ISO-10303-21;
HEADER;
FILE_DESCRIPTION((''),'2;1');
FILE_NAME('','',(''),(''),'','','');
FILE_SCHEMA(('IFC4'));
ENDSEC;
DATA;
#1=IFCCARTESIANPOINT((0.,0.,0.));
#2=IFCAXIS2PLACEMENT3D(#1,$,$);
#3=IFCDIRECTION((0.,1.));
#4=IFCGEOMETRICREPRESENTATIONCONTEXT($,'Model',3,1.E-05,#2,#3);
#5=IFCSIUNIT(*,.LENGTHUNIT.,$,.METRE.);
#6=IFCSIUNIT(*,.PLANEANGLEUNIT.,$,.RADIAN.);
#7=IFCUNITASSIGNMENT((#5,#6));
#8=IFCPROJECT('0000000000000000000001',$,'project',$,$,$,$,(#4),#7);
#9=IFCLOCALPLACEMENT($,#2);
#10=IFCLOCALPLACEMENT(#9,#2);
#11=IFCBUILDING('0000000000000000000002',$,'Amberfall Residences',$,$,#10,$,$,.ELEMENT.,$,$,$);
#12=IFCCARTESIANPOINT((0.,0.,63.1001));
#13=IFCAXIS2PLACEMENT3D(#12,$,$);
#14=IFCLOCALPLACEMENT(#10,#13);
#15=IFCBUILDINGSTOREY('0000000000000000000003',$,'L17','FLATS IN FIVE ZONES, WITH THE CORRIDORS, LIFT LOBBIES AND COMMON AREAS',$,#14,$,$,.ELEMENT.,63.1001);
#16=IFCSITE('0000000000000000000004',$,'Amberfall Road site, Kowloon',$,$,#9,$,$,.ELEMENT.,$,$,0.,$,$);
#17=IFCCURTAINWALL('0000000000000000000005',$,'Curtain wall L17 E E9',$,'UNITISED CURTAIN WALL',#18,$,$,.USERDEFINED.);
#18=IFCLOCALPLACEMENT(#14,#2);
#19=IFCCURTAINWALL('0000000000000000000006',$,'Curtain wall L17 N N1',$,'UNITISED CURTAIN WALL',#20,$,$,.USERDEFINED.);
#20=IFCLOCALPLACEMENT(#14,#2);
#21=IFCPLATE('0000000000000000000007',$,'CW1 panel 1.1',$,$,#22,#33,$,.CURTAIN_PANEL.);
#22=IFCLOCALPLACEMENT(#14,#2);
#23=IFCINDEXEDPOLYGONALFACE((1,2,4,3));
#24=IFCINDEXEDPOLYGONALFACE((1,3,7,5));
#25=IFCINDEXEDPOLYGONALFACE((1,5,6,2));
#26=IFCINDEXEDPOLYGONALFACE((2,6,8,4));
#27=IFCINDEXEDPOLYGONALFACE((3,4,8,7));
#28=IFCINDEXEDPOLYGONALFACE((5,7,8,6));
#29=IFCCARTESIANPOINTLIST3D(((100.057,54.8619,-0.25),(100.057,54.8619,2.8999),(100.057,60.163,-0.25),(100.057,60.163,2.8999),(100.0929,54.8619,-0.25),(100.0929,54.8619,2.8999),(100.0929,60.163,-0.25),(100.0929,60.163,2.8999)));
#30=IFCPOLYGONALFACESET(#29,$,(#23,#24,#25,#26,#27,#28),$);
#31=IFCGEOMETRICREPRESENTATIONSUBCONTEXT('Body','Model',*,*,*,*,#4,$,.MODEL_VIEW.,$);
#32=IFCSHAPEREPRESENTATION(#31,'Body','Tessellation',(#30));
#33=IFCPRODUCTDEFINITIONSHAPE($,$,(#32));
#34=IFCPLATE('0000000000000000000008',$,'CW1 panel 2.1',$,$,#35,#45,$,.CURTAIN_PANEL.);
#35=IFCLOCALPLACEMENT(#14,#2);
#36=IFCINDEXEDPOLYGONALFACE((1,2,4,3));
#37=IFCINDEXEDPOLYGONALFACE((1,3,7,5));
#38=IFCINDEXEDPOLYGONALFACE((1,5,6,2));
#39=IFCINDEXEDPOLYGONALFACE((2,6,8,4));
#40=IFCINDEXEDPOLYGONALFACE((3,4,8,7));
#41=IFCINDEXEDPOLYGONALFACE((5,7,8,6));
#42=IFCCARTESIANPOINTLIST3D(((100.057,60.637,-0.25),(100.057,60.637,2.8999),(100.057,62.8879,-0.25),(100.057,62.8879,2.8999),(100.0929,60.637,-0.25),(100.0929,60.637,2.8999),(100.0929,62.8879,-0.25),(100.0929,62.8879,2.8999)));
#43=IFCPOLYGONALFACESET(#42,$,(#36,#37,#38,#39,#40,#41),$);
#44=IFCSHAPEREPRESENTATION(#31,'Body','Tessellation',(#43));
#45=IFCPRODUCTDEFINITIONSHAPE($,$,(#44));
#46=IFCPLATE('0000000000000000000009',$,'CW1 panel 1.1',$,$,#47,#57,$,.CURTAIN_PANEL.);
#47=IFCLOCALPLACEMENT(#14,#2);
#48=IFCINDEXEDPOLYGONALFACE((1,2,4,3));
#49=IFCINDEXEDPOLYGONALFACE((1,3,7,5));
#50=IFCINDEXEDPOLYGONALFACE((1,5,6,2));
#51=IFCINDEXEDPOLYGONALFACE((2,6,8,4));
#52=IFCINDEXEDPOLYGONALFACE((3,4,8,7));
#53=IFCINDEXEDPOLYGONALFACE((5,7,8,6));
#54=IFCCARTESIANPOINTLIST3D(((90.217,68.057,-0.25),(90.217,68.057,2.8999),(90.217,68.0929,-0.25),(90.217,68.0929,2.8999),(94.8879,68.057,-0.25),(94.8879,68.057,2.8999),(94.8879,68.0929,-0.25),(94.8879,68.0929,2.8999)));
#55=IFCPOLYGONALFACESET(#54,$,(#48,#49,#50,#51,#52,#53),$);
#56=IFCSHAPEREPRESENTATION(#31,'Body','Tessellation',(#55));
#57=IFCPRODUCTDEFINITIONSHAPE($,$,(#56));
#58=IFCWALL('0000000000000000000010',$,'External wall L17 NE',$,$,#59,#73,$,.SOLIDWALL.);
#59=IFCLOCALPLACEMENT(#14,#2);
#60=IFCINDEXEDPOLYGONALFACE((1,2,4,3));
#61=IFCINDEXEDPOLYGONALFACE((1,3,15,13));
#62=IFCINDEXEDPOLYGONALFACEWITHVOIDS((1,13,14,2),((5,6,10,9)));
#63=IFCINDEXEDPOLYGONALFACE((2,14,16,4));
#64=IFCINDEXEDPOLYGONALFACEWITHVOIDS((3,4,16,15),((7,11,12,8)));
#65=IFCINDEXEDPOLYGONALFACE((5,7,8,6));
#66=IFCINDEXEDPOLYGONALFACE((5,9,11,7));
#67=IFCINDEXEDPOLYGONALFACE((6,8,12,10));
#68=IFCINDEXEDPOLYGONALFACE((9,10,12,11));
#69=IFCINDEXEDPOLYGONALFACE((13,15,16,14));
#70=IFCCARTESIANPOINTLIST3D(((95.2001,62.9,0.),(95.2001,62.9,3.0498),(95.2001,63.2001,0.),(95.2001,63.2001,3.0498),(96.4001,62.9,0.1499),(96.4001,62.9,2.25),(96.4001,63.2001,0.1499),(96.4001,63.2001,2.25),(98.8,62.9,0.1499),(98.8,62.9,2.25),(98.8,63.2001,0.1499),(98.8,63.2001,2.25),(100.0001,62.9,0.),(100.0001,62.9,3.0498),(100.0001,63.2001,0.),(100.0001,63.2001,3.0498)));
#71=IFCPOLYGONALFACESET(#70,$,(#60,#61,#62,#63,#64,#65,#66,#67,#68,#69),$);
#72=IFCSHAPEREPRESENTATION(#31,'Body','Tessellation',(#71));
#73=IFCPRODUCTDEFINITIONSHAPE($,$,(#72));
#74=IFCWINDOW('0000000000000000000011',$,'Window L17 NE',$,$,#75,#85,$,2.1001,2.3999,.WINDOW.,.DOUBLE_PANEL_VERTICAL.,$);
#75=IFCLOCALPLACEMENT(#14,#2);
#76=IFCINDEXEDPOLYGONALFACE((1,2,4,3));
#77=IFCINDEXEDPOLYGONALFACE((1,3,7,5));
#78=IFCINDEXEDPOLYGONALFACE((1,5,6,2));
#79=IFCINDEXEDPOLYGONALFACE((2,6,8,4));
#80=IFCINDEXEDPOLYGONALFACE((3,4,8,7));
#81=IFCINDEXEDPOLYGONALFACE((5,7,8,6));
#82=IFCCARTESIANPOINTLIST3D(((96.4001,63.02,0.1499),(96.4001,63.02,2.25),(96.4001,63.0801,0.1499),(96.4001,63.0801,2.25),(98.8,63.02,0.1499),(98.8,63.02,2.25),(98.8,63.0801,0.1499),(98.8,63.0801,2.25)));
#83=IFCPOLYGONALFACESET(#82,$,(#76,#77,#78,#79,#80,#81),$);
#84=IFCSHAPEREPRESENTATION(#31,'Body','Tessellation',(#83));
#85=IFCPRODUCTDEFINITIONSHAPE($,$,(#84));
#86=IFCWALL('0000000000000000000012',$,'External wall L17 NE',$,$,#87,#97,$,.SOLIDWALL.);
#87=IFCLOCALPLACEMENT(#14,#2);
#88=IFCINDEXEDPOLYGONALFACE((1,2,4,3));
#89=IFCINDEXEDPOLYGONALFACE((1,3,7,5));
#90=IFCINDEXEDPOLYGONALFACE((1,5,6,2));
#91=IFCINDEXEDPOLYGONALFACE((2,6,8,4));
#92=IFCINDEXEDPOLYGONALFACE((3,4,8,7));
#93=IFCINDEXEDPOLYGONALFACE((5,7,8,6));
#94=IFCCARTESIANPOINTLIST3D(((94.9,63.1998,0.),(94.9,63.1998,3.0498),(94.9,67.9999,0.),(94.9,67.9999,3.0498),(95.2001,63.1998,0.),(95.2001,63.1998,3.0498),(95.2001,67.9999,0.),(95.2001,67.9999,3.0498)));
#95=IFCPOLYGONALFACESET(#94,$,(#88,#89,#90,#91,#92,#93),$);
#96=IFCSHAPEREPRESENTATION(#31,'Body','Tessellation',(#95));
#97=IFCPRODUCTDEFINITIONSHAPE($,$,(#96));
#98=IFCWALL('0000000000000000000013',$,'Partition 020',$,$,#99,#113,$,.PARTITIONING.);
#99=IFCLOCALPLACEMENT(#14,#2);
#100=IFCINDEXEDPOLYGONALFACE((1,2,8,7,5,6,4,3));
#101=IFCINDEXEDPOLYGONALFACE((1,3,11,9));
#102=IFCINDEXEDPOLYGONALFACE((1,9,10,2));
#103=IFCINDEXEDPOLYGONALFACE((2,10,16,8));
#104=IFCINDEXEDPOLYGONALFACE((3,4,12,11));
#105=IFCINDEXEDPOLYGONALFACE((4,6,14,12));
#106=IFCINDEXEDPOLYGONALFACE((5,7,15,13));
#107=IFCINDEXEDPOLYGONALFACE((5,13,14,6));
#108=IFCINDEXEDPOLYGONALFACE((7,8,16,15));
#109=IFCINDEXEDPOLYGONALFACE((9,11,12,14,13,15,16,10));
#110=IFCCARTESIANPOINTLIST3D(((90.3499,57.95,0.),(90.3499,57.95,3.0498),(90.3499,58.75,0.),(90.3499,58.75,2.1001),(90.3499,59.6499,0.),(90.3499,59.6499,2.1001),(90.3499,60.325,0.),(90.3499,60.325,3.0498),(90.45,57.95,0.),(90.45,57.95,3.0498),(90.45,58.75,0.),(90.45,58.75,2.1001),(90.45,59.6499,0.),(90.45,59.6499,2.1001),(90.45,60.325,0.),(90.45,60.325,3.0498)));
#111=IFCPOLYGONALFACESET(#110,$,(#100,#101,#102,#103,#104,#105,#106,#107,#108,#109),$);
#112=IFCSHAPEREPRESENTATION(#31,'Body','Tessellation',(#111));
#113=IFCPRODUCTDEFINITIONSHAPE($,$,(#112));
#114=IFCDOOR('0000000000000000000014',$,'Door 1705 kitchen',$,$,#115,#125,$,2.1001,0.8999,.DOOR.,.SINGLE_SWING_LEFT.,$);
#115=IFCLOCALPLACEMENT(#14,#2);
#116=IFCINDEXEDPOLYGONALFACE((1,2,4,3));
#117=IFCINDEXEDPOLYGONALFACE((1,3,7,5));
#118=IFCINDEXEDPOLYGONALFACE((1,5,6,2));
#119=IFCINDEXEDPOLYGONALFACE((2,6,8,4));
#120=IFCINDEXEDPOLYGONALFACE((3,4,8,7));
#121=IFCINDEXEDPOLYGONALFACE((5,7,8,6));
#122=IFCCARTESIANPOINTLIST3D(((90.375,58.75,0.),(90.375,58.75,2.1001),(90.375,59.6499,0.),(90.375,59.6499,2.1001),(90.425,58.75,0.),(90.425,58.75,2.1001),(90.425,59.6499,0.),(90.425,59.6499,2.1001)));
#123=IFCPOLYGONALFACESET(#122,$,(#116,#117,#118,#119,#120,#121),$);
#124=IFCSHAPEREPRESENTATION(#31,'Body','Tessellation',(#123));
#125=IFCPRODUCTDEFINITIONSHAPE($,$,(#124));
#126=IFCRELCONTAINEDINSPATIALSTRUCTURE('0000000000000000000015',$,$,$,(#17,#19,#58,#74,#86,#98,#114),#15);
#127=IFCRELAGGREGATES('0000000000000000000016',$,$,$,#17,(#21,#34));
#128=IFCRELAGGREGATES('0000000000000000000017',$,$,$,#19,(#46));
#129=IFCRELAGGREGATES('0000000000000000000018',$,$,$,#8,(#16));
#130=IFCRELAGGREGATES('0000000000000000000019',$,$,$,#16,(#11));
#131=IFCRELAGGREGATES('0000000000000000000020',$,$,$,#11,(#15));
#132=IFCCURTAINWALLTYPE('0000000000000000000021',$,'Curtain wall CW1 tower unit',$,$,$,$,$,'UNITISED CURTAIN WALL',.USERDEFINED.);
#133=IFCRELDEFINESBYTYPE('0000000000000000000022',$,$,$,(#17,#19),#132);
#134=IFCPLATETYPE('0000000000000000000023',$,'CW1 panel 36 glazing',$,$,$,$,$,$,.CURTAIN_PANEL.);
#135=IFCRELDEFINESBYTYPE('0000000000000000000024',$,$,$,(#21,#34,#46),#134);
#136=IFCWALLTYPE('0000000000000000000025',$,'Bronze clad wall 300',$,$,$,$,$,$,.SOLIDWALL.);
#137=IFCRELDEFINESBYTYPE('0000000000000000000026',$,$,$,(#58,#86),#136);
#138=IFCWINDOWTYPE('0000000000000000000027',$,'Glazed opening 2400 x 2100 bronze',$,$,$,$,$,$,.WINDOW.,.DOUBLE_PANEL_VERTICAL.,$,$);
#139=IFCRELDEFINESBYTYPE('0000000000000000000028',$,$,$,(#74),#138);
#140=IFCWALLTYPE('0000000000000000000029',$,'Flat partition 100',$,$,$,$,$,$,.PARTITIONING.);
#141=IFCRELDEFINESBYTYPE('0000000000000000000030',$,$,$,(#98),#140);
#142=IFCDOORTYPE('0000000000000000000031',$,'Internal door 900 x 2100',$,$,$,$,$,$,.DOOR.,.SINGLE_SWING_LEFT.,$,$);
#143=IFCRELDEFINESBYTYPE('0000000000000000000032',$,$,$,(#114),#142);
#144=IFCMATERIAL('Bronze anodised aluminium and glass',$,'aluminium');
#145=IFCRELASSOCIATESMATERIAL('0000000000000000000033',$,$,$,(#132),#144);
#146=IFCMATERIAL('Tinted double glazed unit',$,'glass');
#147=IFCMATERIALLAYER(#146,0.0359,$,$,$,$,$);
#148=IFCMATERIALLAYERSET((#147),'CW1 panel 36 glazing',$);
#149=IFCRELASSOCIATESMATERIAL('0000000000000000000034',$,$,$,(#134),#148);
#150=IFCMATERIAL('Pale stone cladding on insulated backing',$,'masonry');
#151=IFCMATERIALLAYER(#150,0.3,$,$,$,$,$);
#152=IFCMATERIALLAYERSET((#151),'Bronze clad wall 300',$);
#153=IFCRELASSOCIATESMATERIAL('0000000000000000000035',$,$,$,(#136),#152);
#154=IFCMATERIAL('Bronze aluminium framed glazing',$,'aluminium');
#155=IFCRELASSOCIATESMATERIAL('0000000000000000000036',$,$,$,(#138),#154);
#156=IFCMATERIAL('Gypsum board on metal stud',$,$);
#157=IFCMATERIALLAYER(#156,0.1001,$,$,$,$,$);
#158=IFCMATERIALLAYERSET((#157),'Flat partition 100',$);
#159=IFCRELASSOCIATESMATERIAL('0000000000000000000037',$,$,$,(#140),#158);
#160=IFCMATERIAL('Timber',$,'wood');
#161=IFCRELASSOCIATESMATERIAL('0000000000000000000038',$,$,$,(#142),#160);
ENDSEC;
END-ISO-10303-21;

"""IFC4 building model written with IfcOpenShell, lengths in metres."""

from ifc_helpers import new_model, si_unit, direction, frame, frame_2d, origin, origin_2d, place, context, subcontext, project, spatial, rectangle, extrude, material, layer, layer_set, type_object, element, fill, aggregate, save


model = new_model("IFC4")

# Units and contexts
model_context = context("Model", 3, precision=1e-05, world=origin(), true_north=direction((0.0, 1.0)))
body_context = subcontext(model_context, "Body", "Model", "MODEL_VIEW")
ifc_project = project(units=[si_unit("LENGTHUNIT", "METRE"), si_unit("PLANEANGLEUNIT", "RADIAN")], contexts=[model_context])

# Site, building, storey
site_placement = place(None, origin())
site = spatial("IfcSite", under=ifc_project, at=site_placement, Name="Amberfall Road site, Kowloon", CompositionType="ELEMENT", RefElevation=0.0)
building_placement = place(site_placement, origin())
building = spatial("IfcBuilding", under=site, at=building_placement, Name="Amberfall Residences", CompositionType="ELEMENT")
storey_placement = place(building_placement, frame((0.0, 0.0, 63.1001)))
storey = spatial("IfcBuildingStorey", under=building, at=storey_placement, Name="L17", Description="FLATS IN FIVE ZONES, WITH THE CORRIDORS, LIFT LOBBIES AND COMMON AREAS", CompositionType="ELEMENT", Elevation=63.1001)

# Curtain walls
ifc_material_1 = material(Name="Bronze anodised aluminium and glass", Category="aluminium")
curtain_wall_type = type_object("IfcCurtainWallType", Name="Curtain wall CW1 tower unit", ElementType="UNITISED CURTAIN WALL", PredefinedType="USERDEFINED", material=ifc_material_1)
curtain_wall_1_placement = place(storey_placement, origin())
curtain_wall_1 = element("IfcCurtainWall", 1, at=curtain_wall_1_placement, inside=storey, type_object=curtain_wall_type, Name="Curtain wall L17 E E9", ObjectType="UNITISED CURTAIN WALL", PredefinedType="USERDEFINED")
curtain_wall_2_placement = place(storey_placement, origin())
curtain_wall_2 = element("IfcCurtainWall", 2, at=curtain_wall_2_placement, inside=storey, type_object=curtain_wall_type, Name="Curtain wall L17 N N1", ObjectType="UNITISED CURTAIN WALL", PredefinedType="USERDEFINED")

# Plates
ifc_material_2 = material(Name="Tinted double glazed unit", Category="glass")
ifc_layer_1 = layer(ifc_material_2, 0.0359)
ifc_layer_set_1 = layer_set([ifc_layer_1], Name="CW1 panel 36 glazing")
plate_type = type_object("IfcPlateType", Name="CW1 panel 36 glazing", PredefinedType="CURTAIN_PANEL", material=ifc_layer_set_1)
plate_1_placement = place(storey_placement, frame((100.075, 57.5125, -0.25), z_axis=(0.0, 0.0, 1.0), x_axis=(0.0, 1.0, 0.0)))
plate_1 = element("IfcPlate", 3, at=plate_1_placement, type_object=plate_type, Name="CW1 panel 1.1", PredefinedType="CURTAIN_PANEL", context=body_context, shape_type="SweptSolid", body=[
    extrude(rectangle(XDim=5.301, YDim=0.0359, at=origin_2d()), origin(), (0.0, 0.0, 1.0), 3.1499),
])
plate_2_placement = place(storey_placement, frame((100.075, 61.7625, -0.25), z_axis=(0.0, 0.0, 1.0), x_axis=(0.0, 1.0, 0.0)))
plate_2 = element("IfcPlate", 4, at=plate_2_placement, type_object=plate_type, Name="CW1 panel 2.1", PredefinedType="CURTAIN_PANEL", context=body_context, shape_type="SweptSolid", body=[
    extrude(rectangle(XDim=2.251, YDim=0.0359, at=origin_2d()), origin(), (0.0, 0.0, 1.0), 3.1499),
])
aggregate(curtain_wall_1, [plate_1, plate_2])
plate_3_placement = place(storey_placement, frame((92.5525, 68.075, -0.25), z_axis=(0.0, 0.0, 1.0), x_axis=(-1.0, 0.0, 0.0)))
plate_3 = element("IfcPlate", 5, at=plate_3_placement, type_object=plate_type, Name="CW1 panel 1.1", PredefinedType="CURTAIN_PANEL", context=body_context, shape_type="SweptSolid", body=[
    extrude(rectangle(XDim=4.6709, YDim=0.0359, at=origin_2d()), origin(), (0.0, 0.0, 1.0), 3.1499),
])
aggregate(curtain_wall_2, [plate_3])

# Wall, opening, window
ifc_material_3 = material(Name="Pale stone cladding on insulated backing", Category="masonry")
ifc_layer_2 = layer(ifc_material_3, 0.3)
ifc_layer_set_2 = layer_set([ifc_layer_2], Name="Bronze clad wall 300")
wall_type_1 = type_object("IfcWallType", Name="Bronze clad wall 300", PredefinedType="SOLIDWALL", material=ifc_layer_set_2)
wall_1_placement = place(storey_placement, frame((100.0, 63.05, 0.0), z_axis=(0.0, 0.0, 1.0), x_axis=(-1.0, 0.0, 0.0)))
wall_1 = element("IfcWall", 6, at=wall_1_placement, inside=storey, type_object=wall_type_1, Name="External wall L17 NE", PredefinedType="SOLIDWALL", context=body_context, shape_type="SweptSolid", body=[
    extrude(rectangle(XDim=4.8, YDim=0.3, at=frame_2d((2.3999, 0.0))), origin(), (0.0, 0.0, 1.0), 3.0498),
])
opening_1_placement = place(wall_1_placement, frame((1.2, 0.0, 0.1499)))
opening_1 = element("IfcOpeningElement", 7, at=opening_1_placement, cuts=wall_1, PredefinedType="OPENING", context=body_context, shape_type="SweptSolid", body=[
    extrude(rectangle(XDim=2.3999, YDim=2.1001, at=frame_2d((1.2, 1.05))), frame((0.0, 0.1599, 0.0), z_axis=(0.0, -1.0, 0.0), x_axis=(1.0, 0.0, 0.0)), (0.0, 0.0, 1.0), 0.3201),
])
ifc_material_4 = material(Name="Bronze aluminium framed glazing", Category="aluminium")
window_type = type_object("IfcWindowType", Name="Glazed opening 2400 x 2100 bronze", PartitioningType="DOUBLE_PANEL_VERTICAL", PredefinedType="WINDOW", material=ifc_material_4)
window_placement = place(opening_1_placement, origin())
window = element("IfcWindow", 8, at=window_placement, inside=storey, type_object=window_type, Name="Window L17 NE", OverallHeight=2.1001, OverallWidth=2.3999, PartitioningType="DOUBLE_PANEL_VERTICAL", PredefinedType="WINDOW", context=body_context, shape_type="SweptSolid", body=[
    extrude(rectangle(XDim=2.3999, YDim=2.1001, at=frame_2d((1.2, 1.05))), frame((0.0, 0.03, 0.0), z_axis=(0.0, -1.0, 0.0), x_axis=(1.0, 0.0, 0.0)), (0.0, 0.0, 1.0), 0.0601),
])
fill(opening_1, window)

# Wall
wall_2_placement = place(storey_placement, frame((95.05, 63.2, 0.0), z_axis=(0.0, 0.0, 1.0), x_axis=(0.0, 1.0, 0.0)))
element("IfcWall", 9, at=wall_2_placement, inside=storey, type_object=wall_type_1, Name="External wall L17 NE", PredefinedType="SOLIDWALL", context=body_context, shape_type="SweptSolid", body=[
    extrude(rectangle(XDim=4.8, YDim=0.3, at=frame_2d((2.3999, 0.0))), origin(), (0.0, 0.0, 1.0), 3.0498),
])

# Wall, opening, door
ifc_material_5 = material(Name="Gypsum board on metal stud")
ifc_layer_3 = layer(ifc_material_5, 0.1001)
ifc_layer_set_3 = layer_set([ifc_layer_3], Name="Flat partition 100")
wall_type_2 = type_object("IfcWallType", Name="Flat partition 100", PredefinedType="PARTITIONING", material=ifc_layer_set_3)
wall_3_placement = place(storey_placement, frame((90.3999, 57.95, 0.0), z_axis=(0.0, 0.0, 1.0), x_axis=(0.0, 1.0, 0.0)))
wall_3 = element("IfcWall", 10, at=wall_3_placement, inside=storey, type_object=wall_type_2, Name="Partition 020", PredefinedType="PARTITIONING", context=body_context, shape_type="SweptSolid", body=[
    extrude(rectangle(XDim=2.375, YDim=0.1001, at=frame_2d((1.1875, 0.0))), origin(), (0.0, 0.0, 1.0), 3.0498),
])
opening_2_placement = place(wall_3_placement, frame((0.8, 0.0, 0.0)))
opening_2 = element("IfcOpeningElement", 11, at=opening_2_placement, cuts=wall_3, PredefinedType="OPENING", context=body_context, shape_type="SweptSolid", body=[
    extrude(rectangle(XDim=0.8999, YDim=2.1001, at=frame_2d((0.45, 1.05))), frame((0.0, 0.0601, 0.0), z_axis=(0.0, -1.0, 0.0), x_axis=(1.0, 0.0, 0.0)), (0.0, 0.0, 1.0), 0.1201),
])
ifc_material_6 = material(Name="Timber", Category="wood")
door_type = type_object("IfcDoorType", Name="Internal door 900 x 2100", OperationType="SINGLE_SWING_LEFT", PredefinedType="DOOR", material=ifc_material_6)
door_placement = place(opening_2_placement, origin())
door = element("IfcDoor", 12, at=door_placement, inside=storey, type_object=door_type, Name="Door 1705 kitchen", OperationType="SINGLE_SWING_LEFT", OverallHeight=2.1001, OverallWidth=0.8999, PredefinedType="DOOR", context=body_context, shape_type="SweptSolid", body=[
    extrude(rectangle(XDim=0.8999, YDim=2.1001, at=frame_2d((0.45, 1.05))), frame((0.0, 0.0249, 0.0), z_axis=(0.0, -1.0, 0.0), x_axis=(1.0, 0.0, 0.0)), (0.0, 0.0, 1.0), 0.05),
])
fill(opening_2, door)

save(model, "model.ifc")
